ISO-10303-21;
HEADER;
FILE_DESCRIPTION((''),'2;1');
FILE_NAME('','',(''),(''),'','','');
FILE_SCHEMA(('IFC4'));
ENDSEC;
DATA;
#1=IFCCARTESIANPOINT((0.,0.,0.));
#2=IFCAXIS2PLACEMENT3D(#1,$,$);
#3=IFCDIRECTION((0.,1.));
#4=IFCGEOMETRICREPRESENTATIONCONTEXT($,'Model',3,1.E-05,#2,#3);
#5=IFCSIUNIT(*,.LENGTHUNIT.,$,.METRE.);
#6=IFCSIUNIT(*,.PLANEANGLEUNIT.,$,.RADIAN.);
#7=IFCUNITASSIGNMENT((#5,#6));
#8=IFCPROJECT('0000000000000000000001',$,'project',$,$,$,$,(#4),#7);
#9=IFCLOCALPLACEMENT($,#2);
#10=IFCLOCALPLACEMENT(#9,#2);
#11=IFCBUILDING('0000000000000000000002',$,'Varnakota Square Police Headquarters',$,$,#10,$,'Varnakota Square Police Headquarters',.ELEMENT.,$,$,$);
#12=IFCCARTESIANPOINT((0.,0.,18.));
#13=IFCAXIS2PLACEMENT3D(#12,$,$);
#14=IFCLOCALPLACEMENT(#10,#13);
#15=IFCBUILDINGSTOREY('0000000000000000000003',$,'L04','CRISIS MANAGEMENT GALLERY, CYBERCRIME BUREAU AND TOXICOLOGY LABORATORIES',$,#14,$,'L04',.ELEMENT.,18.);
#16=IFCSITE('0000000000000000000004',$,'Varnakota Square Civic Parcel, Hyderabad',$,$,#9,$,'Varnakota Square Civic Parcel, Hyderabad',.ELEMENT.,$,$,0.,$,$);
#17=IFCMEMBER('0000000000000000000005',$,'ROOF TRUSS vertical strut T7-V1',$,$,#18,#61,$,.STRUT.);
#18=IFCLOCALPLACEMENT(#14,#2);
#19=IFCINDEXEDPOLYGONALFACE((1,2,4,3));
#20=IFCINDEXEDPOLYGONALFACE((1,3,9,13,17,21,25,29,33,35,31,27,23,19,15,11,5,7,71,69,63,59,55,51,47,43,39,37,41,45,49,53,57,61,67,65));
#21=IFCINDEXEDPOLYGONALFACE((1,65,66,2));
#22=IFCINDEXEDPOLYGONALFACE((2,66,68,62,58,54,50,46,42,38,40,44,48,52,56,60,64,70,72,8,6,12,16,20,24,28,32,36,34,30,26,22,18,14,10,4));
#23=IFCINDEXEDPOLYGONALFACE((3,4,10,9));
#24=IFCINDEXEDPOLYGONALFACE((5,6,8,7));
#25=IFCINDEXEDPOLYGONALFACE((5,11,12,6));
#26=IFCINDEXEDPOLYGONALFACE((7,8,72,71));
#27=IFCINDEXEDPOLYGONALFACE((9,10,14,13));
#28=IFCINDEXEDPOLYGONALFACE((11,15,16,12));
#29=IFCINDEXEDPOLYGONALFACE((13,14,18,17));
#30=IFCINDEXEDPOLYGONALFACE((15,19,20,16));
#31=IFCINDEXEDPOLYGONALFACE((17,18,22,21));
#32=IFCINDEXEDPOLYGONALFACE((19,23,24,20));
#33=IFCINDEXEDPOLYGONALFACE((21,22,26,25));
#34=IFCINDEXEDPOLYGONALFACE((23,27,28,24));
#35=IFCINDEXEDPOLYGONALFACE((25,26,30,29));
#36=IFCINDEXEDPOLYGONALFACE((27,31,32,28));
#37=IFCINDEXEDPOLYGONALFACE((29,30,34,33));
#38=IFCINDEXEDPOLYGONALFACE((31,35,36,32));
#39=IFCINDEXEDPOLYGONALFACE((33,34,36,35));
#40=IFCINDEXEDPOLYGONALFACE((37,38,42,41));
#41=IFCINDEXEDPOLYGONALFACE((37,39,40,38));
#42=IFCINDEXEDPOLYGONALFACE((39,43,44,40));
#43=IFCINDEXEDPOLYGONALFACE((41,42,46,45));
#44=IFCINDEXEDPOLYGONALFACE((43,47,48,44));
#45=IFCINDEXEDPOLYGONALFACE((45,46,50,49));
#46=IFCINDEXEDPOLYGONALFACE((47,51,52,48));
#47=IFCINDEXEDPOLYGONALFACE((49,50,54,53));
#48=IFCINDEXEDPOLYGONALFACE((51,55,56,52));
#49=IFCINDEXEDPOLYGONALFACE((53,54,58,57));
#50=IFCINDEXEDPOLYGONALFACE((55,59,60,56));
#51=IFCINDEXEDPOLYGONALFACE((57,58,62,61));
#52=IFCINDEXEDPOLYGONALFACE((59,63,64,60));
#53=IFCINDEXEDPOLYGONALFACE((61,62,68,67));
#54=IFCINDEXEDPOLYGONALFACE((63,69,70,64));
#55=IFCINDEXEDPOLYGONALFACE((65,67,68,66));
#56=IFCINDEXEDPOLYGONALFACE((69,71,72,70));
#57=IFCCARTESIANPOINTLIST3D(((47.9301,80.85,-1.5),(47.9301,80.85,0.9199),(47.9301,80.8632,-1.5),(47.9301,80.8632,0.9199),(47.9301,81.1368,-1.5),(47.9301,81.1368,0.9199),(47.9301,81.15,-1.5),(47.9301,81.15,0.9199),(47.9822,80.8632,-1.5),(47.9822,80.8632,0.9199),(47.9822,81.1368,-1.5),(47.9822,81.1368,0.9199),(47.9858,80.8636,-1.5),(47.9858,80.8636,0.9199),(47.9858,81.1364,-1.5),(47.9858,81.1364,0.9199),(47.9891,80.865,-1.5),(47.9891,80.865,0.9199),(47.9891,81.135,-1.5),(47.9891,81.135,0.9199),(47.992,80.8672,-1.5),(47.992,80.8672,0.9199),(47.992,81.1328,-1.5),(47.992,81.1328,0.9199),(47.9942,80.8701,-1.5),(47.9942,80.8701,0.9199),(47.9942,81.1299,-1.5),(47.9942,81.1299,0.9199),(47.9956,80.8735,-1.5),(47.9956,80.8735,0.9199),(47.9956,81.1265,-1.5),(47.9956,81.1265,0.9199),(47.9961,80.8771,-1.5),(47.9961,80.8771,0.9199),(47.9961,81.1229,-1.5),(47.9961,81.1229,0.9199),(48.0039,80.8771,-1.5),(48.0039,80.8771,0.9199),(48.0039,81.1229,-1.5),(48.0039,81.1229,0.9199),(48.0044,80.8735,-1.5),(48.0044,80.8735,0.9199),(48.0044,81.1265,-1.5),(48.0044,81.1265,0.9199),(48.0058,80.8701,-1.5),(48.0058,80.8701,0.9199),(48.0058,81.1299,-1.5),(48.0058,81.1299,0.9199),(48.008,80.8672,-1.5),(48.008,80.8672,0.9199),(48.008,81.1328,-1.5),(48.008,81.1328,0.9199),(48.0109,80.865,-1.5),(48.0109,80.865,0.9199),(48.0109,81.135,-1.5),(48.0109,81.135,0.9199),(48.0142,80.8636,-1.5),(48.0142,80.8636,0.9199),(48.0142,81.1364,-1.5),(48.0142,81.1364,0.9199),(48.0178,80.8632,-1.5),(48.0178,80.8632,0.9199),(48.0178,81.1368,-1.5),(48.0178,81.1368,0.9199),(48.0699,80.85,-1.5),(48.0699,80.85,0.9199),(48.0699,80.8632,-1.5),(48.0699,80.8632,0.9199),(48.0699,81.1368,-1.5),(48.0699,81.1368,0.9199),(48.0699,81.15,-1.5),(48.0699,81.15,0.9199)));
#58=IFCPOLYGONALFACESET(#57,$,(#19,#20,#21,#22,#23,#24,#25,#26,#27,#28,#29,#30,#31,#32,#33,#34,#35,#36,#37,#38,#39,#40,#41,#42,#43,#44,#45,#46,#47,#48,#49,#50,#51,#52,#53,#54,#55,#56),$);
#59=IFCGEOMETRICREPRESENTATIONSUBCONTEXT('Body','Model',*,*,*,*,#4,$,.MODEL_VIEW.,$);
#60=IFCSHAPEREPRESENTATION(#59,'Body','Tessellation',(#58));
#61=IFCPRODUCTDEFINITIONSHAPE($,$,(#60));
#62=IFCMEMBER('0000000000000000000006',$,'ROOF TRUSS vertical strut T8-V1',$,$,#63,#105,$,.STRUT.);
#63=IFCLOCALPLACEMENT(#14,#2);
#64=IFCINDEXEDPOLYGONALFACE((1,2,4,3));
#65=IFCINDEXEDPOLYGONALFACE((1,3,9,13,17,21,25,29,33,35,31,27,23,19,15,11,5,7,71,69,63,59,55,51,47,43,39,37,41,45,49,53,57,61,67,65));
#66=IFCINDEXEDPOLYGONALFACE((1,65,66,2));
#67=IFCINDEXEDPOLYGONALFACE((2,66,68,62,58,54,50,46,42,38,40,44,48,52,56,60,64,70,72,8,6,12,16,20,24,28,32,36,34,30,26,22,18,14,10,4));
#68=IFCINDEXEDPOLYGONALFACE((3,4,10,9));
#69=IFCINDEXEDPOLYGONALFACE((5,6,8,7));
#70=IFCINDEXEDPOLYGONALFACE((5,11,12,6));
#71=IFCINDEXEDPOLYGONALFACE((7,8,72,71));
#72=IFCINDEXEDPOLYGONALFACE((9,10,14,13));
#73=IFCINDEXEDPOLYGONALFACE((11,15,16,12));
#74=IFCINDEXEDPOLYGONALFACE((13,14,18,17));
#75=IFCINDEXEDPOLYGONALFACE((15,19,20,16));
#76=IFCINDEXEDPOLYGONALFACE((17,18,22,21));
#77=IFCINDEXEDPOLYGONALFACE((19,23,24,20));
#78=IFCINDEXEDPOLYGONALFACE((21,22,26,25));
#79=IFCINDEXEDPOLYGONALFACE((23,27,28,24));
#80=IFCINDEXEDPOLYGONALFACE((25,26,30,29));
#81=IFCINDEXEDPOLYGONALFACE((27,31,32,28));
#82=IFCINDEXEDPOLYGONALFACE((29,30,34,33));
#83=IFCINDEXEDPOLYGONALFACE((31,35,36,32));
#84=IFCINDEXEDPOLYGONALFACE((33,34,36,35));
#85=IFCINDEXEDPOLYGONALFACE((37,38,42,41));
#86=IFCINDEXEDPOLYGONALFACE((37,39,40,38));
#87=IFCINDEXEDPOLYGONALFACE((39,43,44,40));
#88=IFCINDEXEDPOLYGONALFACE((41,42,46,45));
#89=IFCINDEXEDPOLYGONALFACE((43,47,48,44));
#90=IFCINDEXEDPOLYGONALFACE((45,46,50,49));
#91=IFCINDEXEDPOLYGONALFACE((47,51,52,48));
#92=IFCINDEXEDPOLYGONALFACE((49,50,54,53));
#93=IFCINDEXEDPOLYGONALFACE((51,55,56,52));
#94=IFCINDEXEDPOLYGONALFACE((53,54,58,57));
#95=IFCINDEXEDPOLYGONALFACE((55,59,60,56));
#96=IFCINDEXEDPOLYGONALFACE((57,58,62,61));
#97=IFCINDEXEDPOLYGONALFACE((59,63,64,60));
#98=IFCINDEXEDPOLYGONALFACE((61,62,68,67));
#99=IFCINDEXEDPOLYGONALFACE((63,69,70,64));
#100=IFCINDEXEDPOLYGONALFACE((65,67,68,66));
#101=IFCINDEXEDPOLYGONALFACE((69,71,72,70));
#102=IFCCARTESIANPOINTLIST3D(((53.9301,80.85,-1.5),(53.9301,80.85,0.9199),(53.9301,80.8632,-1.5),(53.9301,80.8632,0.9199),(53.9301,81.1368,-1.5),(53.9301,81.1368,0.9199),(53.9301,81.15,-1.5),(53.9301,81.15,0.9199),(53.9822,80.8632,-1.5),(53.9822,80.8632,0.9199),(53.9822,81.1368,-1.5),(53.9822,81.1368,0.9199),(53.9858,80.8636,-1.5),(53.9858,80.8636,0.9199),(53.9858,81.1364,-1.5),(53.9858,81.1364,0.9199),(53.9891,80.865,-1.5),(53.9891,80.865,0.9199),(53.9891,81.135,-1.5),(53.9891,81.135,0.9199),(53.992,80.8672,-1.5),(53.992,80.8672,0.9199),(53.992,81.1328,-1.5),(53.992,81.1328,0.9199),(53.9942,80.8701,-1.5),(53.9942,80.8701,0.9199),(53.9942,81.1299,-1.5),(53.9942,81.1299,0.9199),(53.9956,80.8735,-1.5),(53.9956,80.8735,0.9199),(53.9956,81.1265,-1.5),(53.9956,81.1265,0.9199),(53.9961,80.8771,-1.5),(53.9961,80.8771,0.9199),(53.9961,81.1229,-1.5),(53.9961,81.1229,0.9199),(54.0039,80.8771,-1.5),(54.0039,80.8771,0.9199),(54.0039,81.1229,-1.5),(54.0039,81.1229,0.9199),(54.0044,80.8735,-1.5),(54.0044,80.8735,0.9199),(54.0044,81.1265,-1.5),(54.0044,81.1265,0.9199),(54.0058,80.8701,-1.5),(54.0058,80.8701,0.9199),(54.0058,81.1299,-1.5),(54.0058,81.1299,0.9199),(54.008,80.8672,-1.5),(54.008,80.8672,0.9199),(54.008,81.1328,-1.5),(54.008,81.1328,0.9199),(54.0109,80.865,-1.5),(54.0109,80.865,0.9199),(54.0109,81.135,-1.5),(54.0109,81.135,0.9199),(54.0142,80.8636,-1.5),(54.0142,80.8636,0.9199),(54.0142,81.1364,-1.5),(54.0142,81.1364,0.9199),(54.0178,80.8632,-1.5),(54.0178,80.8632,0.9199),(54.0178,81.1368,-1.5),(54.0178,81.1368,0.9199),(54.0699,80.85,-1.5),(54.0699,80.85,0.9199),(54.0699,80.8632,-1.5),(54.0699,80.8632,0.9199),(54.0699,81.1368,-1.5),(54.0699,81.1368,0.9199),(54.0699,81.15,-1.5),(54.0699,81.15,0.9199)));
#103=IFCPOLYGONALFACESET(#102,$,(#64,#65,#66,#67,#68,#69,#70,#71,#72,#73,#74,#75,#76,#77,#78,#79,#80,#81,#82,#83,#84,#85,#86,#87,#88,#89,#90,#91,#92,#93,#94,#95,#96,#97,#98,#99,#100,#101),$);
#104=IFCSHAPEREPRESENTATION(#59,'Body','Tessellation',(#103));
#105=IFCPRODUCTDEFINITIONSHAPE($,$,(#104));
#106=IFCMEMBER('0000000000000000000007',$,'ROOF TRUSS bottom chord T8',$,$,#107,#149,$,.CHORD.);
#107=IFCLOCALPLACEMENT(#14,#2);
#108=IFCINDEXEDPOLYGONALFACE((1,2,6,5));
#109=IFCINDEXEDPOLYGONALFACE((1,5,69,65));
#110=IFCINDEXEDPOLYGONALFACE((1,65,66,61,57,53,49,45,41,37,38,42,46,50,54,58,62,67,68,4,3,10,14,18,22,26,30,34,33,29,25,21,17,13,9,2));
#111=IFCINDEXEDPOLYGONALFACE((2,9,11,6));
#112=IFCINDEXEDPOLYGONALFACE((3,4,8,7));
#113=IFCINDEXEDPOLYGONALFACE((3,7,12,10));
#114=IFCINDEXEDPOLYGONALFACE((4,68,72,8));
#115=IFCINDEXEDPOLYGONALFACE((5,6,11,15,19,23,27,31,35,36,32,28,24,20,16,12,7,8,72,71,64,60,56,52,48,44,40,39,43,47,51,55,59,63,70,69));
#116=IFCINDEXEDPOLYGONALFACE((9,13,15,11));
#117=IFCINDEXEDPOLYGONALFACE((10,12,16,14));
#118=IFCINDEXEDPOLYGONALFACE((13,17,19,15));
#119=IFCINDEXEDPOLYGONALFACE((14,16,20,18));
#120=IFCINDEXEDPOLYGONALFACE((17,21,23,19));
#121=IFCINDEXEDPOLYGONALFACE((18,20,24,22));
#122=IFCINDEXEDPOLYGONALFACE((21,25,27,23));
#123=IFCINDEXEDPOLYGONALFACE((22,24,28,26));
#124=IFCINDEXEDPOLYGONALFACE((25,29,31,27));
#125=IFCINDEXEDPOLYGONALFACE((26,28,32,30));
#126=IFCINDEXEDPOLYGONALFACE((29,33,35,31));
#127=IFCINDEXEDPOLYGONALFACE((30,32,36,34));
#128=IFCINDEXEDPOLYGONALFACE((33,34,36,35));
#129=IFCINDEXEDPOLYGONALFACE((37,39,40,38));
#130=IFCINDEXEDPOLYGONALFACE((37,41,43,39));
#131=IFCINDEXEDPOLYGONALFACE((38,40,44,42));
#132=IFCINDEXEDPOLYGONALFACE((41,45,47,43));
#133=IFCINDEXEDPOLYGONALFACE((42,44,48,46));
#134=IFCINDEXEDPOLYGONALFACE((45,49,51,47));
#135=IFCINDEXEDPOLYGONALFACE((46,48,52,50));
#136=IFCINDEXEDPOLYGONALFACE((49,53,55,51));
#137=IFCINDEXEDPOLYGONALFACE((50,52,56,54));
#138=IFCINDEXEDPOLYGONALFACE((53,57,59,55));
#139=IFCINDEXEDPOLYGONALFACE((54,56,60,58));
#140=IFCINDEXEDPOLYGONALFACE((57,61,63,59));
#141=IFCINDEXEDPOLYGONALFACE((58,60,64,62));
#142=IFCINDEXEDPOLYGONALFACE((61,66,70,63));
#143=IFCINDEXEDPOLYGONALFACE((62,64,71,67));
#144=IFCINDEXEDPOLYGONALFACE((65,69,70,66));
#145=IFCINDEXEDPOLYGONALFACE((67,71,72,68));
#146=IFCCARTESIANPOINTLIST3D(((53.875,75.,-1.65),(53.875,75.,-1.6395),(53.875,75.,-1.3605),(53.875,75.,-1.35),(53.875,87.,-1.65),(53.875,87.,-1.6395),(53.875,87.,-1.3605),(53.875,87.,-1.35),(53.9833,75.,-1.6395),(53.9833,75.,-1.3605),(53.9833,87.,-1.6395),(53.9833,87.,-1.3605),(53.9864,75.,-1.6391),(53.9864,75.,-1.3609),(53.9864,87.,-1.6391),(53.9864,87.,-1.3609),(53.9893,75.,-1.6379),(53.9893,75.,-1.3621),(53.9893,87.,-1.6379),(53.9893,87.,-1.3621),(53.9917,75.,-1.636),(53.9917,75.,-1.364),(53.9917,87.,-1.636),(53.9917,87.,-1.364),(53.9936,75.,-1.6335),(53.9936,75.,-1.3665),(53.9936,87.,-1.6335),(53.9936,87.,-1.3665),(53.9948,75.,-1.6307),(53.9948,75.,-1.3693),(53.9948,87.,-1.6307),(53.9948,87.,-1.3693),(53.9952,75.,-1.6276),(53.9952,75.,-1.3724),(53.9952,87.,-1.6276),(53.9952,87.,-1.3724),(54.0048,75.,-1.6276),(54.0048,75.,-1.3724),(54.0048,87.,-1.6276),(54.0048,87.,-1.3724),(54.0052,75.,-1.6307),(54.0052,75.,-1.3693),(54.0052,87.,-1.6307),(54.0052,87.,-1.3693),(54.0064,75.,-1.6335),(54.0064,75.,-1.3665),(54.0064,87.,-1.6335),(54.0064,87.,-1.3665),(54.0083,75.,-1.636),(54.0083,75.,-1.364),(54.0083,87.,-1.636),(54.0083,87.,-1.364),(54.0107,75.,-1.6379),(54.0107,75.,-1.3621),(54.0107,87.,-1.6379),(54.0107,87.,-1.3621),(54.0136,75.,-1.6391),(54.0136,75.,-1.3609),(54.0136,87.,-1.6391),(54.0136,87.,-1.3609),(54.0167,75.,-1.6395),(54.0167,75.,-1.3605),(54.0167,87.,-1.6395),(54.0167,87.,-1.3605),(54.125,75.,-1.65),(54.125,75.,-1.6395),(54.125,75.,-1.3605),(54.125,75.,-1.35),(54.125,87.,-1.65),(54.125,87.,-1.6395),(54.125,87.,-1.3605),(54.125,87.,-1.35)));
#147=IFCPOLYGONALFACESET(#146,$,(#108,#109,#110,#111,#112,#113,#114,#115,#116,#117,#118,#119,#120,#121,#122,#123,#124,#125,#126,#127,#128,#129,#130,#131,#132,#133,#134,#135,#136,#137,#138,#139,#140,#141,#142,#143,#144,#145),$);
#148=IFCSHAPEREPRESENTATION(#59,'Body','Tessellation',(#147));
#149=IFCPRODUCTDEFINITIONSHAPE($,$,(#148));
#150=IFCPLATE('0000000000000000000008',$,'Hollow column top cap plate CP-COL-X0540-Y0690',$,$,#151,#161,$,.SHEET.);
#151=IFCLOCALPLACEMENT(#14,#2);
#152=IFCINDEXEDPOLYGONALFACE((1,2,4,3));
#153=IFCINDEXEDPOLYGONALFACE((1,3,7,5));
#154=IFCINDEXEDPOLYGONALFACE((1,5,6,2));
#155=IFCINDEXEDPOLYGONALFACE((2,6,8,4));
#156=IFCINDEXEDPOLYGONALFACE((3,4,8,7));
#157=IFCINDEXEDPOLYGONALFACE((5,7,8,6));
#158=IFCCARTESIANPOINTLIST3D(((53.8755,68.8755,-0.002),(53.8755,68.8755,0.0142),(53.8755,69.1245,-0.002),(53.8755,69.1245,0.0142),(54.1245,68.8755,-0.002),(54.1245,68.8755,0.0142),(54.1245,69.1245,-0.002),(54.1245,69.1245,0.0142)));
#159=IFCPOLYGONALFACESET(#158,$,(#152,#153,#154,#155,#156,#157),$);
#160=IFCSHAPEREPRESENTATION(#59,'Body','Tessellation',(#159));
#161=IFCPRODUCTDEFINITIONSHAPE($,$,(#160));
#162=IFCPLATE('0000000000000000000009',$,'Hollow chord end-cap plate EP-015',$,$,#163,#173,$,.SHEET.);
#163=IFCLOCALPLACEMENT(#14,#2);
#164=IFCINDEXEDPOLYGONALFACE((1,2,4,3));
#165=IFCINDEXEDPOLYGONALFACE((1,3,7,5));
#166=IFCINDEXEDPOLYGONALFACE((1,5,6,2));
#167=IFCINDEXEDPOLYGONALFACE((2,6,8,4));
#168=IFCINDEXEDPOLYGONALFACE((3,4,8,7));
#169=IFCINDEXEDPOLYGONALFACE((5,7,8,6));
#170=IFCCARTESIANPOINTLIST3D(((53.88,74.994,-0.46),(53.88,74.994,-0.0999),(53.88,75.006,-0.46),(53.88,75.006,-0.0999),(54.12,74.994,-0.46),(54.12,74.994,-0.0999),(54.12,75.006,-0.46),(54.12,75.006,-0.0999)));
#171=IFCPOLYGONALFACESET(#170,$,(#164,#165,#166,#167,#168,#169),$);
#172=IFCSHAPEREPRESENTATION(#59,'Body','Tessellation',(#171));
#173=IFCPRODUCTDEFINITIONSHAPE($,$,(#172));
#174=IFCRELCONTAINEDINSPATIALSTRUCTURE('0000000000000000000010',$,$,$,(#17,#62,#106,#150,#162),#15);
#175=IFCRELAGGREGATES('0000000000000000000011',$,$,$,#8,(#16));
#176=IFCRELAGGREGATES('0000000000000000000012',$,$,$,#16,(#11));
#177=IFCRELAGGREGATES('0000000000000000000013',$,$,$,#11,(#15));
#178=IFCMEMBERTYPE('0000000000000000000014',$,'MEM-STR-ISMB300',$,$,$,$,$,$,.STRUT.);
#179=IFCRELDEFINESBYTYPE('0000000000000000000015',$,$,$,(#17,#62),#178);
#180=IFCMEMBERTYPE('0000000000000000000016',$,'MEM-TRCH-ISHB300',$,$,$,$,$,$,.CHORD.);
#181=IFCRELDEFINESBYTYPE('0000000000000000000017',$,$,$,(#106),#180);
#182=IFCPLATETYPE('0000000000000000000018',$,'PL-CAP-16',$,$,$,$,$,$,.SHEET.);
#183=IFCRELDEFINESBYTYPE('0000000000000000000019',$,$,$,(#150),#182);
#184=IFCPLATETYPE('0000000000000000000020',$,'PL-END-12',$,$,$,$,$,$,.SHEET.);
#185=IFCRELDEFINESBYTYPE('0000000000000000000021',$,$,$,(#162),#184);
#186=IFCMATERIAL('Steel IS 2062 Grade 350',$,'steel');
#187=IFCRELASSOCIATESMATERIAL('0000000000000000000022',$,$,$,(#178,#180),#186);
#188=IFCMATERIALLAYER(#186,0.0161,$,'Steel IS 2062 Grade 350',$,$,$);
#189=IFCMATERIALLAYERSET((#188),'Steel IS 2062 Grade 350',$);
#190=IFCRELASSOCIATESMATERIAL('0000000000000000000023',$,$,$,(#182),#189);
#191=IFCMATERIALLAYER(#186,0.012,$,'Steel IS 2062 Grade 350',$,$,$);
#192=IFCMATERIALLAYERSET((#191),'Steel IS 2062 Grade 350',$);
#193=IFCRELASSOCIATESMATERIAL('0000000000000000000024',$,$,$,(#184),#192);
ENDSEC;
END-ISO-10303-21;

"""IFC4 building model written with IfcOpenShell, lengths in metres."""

from ifc_helpers import new_model, si_unit, direction, frame, origin, origin_2d, place, context, subcontext, project, spatial, rectangle, i_section, extrude, material, layer, layer_set, material_profile, profile_set, type_object, element, save


model = new_model("IFC4")

# Units and contexts
model_context = context("Model", 3, precision=1e-05, world=origin(), true_north=direction((0.0, 1.0)))
body_context = subcontext(model_context, "Body", "Model", "MODEL_VIEW")
ifc_project = project(units=[si_unit("LENGTHUNIT", "METRE"), si_unit("PLANEANGLEUNIT", "RADIAN")], contexts=[model_context])

# Site, building, storey
site_placement = place(None, origin())
site = spatial("IfcSite", under=ifc_project, at=site_placement, Name="Varnakota Square Civic Parcel, Hyderabad", LongName="Varnakota Square Civic Parcel, Hyderabad", CompositionType="ELEMENT", RefElevation=0.0)
building_placement = place(site_placement, origin())
building = spatial("IfcBuilding", under=site, at=building_placement, Name="Varnakota Square Police Headquarters", LongName="Varnakota Square Police Headquarters", CompositionType="ELEMENT")
storey_placement = place(building_placement, frame((0.0, 0.0, 18.0)))
storey = spatial("IfcBuildingStorey", under=building, at=storey_placement, Name="L04", Description="CRISIS MANAGEMENT GALLERY, CYBERCRIME BUREAU AND TOXICOLOGY LABORATORIES", LongName="L04", CompositionType="ELEMENT", Elevation=18.0)

# Shared definitions
ifc_material_1 = material(Name="Steel IS 2062 Grade 350", Category="steel")

# Members
ifc_material_profile_1 = material_profile(ifc_material_1, i_section(OverallWidth=0.1399, OverallDepth=0.3, WebThickness=0.0078, FlangeThickness=0.0132, FilletRadius=0.0139, at=origin_2d()), Name="ISMB 300")
ifc_profile_set_1 = profile_set([ifc_material_profile_1], Name="Steel IS 2062 Grade 350")
member_type_1 = type_object("IfcMemberType", Name="MEM-STR-ISMB300", PredefinedType="STRUT", material=ifc_profile_set_1)
for number, where, z_axis, x_axis, name in (
    (1, (48.0, 81.0, -1.5), (0.0, 0.0, 1.0), (1.0, 0.0, 0.0), "ROOF TRUSS vertical strut T7-V1"),
    (2, (54.0, 81.0, -1.5), (0.0, 0.0, 1.0), (1.0, 0.0, 0.0), "ROOF TRUSS vertical strut T8-V1"),
):
    element("IfcMember", number, at=place(storey_placement, frame(where, z_axis=z_axis, x_axis=x_axis)), inside=storey, type_object=member_type_1, Name=name, PredefinedType="STRUT", context=body_context, shape_type="SweptSolid", body=[
        extrude(i_section(OverallWidth=0.1399, OverallDepth=0.3, WebThickness=0.0078, FlangeThickness=0.0132, FilletRadius=0.0139, at=origin_2d()), origin(), (0.0, 0.0, 1.0), 2.4199),
    ])
ifc_material_profile_2 = material_profile(ifc_material_1, i_section(OverallWidth=0.25, OverallDepth=0.3, WebThickness=0.0095, FlangeThickness=0.0105, FilletRadius=0.012, at=origin_2d()), Name="ISHB 300")
ifc_profile_set_2 = profile_set([ifc_material_profile_2], Name="Steel IS 2062 Grade 350")
member_type_2 = type_object("IfcMemberType", Name="MEM-TRCH-ISHB300", PredefinedType="CHORD", material=ifc_profile_set_2)
member_1_placement = place(storey_placement, frame((54.0, 75.0, -1.5), z_axis=(0.0, 1.0, 0.0), x_axis=(-1.0, 0.0, 0.0)))
element("IfcMember", 3, at=member_1_placement, inside=storey, type_object=member_type_2, Name="ROOF TRUSS bottom chord T8", PredefinedType="CHORD", context=body_context, shape_type="SweptSolid", body=[
    extrude(i_section(OverallWidth=0.25, OverallDepth=0.3, WebThickness=0.0095, FlangeThickness=0.0105, FilletRadius=0.012, at=origin_2d()), origin(), (0.0, 0.0, 1.0), 12.0),
])

# Plates
ifc_layer_1 = layer(ifc_material_1, 0.0161, Name="Steel IS 2062 Grade 350")
ifc_layer_set_1 = layer_set([ifc_layer_1], Name="Steel IS 2062 Grade 350")
plate_type_1 = type_object("IfcPlateType", Name="PL-CAP-16", PredefinedType="SHEET", material=ifc_layer_set_1)
plate_1_placement = place(storey_placement, frame((54.0, 69.0, -0.002), z_axis=(0.0, 0.0, 1.0), x_axis=(1.0, 0.0, 0.0)))
element("IfcPlate", 4, at=plate_1_placement, inside=storey, type_object=plate_type_1, Name="Hollow column top cap plate CP-COL-X0540-Y0690", PredefinedType="SHEET", context=body_context, shape_type="SweptSolid", body=[
    extrude(rectangle(XDim=0.249, YDim=0.249, at=origin_2d()), origin(), (0.0, 0.0, 1.0), 0.0161),
])
ifc_layer_2 = layer(ifc_material_1, 0.012, Name="Steel IS 2062 Grade 350")
ifc_layer_set_2 = layer_set([ifc_layer_2], Name="Steel IS 2062 Grade 350")
plate_type_2 = type_object("IfcPlateType", Name="PL-END-12", PredefinedType="SHEET", material=ifc_layer_set_2)
plate_2_placement = place(storey_placement, frame((54.0, 75.0, -0.46), z_axis=(0.0, 0.0, 1.0), x_axis=(1.0, 0.0, 0.0)))
element("IfcPlate", 5, at=plate_2_placement, inside=storey, type_object=plate_type_2, Name="Hollow chord end-cap plate EP-015", PredefinedType="SHEET", context=body_context, shape_type="SweptSolid", body=[
    extrude(rectangle(XDim=0.24, YDim=0.012, at=origin_2d()), origin(), (0.0, 0.0, 1.0), 0.3601),
])

save(model, "model.ifc")
